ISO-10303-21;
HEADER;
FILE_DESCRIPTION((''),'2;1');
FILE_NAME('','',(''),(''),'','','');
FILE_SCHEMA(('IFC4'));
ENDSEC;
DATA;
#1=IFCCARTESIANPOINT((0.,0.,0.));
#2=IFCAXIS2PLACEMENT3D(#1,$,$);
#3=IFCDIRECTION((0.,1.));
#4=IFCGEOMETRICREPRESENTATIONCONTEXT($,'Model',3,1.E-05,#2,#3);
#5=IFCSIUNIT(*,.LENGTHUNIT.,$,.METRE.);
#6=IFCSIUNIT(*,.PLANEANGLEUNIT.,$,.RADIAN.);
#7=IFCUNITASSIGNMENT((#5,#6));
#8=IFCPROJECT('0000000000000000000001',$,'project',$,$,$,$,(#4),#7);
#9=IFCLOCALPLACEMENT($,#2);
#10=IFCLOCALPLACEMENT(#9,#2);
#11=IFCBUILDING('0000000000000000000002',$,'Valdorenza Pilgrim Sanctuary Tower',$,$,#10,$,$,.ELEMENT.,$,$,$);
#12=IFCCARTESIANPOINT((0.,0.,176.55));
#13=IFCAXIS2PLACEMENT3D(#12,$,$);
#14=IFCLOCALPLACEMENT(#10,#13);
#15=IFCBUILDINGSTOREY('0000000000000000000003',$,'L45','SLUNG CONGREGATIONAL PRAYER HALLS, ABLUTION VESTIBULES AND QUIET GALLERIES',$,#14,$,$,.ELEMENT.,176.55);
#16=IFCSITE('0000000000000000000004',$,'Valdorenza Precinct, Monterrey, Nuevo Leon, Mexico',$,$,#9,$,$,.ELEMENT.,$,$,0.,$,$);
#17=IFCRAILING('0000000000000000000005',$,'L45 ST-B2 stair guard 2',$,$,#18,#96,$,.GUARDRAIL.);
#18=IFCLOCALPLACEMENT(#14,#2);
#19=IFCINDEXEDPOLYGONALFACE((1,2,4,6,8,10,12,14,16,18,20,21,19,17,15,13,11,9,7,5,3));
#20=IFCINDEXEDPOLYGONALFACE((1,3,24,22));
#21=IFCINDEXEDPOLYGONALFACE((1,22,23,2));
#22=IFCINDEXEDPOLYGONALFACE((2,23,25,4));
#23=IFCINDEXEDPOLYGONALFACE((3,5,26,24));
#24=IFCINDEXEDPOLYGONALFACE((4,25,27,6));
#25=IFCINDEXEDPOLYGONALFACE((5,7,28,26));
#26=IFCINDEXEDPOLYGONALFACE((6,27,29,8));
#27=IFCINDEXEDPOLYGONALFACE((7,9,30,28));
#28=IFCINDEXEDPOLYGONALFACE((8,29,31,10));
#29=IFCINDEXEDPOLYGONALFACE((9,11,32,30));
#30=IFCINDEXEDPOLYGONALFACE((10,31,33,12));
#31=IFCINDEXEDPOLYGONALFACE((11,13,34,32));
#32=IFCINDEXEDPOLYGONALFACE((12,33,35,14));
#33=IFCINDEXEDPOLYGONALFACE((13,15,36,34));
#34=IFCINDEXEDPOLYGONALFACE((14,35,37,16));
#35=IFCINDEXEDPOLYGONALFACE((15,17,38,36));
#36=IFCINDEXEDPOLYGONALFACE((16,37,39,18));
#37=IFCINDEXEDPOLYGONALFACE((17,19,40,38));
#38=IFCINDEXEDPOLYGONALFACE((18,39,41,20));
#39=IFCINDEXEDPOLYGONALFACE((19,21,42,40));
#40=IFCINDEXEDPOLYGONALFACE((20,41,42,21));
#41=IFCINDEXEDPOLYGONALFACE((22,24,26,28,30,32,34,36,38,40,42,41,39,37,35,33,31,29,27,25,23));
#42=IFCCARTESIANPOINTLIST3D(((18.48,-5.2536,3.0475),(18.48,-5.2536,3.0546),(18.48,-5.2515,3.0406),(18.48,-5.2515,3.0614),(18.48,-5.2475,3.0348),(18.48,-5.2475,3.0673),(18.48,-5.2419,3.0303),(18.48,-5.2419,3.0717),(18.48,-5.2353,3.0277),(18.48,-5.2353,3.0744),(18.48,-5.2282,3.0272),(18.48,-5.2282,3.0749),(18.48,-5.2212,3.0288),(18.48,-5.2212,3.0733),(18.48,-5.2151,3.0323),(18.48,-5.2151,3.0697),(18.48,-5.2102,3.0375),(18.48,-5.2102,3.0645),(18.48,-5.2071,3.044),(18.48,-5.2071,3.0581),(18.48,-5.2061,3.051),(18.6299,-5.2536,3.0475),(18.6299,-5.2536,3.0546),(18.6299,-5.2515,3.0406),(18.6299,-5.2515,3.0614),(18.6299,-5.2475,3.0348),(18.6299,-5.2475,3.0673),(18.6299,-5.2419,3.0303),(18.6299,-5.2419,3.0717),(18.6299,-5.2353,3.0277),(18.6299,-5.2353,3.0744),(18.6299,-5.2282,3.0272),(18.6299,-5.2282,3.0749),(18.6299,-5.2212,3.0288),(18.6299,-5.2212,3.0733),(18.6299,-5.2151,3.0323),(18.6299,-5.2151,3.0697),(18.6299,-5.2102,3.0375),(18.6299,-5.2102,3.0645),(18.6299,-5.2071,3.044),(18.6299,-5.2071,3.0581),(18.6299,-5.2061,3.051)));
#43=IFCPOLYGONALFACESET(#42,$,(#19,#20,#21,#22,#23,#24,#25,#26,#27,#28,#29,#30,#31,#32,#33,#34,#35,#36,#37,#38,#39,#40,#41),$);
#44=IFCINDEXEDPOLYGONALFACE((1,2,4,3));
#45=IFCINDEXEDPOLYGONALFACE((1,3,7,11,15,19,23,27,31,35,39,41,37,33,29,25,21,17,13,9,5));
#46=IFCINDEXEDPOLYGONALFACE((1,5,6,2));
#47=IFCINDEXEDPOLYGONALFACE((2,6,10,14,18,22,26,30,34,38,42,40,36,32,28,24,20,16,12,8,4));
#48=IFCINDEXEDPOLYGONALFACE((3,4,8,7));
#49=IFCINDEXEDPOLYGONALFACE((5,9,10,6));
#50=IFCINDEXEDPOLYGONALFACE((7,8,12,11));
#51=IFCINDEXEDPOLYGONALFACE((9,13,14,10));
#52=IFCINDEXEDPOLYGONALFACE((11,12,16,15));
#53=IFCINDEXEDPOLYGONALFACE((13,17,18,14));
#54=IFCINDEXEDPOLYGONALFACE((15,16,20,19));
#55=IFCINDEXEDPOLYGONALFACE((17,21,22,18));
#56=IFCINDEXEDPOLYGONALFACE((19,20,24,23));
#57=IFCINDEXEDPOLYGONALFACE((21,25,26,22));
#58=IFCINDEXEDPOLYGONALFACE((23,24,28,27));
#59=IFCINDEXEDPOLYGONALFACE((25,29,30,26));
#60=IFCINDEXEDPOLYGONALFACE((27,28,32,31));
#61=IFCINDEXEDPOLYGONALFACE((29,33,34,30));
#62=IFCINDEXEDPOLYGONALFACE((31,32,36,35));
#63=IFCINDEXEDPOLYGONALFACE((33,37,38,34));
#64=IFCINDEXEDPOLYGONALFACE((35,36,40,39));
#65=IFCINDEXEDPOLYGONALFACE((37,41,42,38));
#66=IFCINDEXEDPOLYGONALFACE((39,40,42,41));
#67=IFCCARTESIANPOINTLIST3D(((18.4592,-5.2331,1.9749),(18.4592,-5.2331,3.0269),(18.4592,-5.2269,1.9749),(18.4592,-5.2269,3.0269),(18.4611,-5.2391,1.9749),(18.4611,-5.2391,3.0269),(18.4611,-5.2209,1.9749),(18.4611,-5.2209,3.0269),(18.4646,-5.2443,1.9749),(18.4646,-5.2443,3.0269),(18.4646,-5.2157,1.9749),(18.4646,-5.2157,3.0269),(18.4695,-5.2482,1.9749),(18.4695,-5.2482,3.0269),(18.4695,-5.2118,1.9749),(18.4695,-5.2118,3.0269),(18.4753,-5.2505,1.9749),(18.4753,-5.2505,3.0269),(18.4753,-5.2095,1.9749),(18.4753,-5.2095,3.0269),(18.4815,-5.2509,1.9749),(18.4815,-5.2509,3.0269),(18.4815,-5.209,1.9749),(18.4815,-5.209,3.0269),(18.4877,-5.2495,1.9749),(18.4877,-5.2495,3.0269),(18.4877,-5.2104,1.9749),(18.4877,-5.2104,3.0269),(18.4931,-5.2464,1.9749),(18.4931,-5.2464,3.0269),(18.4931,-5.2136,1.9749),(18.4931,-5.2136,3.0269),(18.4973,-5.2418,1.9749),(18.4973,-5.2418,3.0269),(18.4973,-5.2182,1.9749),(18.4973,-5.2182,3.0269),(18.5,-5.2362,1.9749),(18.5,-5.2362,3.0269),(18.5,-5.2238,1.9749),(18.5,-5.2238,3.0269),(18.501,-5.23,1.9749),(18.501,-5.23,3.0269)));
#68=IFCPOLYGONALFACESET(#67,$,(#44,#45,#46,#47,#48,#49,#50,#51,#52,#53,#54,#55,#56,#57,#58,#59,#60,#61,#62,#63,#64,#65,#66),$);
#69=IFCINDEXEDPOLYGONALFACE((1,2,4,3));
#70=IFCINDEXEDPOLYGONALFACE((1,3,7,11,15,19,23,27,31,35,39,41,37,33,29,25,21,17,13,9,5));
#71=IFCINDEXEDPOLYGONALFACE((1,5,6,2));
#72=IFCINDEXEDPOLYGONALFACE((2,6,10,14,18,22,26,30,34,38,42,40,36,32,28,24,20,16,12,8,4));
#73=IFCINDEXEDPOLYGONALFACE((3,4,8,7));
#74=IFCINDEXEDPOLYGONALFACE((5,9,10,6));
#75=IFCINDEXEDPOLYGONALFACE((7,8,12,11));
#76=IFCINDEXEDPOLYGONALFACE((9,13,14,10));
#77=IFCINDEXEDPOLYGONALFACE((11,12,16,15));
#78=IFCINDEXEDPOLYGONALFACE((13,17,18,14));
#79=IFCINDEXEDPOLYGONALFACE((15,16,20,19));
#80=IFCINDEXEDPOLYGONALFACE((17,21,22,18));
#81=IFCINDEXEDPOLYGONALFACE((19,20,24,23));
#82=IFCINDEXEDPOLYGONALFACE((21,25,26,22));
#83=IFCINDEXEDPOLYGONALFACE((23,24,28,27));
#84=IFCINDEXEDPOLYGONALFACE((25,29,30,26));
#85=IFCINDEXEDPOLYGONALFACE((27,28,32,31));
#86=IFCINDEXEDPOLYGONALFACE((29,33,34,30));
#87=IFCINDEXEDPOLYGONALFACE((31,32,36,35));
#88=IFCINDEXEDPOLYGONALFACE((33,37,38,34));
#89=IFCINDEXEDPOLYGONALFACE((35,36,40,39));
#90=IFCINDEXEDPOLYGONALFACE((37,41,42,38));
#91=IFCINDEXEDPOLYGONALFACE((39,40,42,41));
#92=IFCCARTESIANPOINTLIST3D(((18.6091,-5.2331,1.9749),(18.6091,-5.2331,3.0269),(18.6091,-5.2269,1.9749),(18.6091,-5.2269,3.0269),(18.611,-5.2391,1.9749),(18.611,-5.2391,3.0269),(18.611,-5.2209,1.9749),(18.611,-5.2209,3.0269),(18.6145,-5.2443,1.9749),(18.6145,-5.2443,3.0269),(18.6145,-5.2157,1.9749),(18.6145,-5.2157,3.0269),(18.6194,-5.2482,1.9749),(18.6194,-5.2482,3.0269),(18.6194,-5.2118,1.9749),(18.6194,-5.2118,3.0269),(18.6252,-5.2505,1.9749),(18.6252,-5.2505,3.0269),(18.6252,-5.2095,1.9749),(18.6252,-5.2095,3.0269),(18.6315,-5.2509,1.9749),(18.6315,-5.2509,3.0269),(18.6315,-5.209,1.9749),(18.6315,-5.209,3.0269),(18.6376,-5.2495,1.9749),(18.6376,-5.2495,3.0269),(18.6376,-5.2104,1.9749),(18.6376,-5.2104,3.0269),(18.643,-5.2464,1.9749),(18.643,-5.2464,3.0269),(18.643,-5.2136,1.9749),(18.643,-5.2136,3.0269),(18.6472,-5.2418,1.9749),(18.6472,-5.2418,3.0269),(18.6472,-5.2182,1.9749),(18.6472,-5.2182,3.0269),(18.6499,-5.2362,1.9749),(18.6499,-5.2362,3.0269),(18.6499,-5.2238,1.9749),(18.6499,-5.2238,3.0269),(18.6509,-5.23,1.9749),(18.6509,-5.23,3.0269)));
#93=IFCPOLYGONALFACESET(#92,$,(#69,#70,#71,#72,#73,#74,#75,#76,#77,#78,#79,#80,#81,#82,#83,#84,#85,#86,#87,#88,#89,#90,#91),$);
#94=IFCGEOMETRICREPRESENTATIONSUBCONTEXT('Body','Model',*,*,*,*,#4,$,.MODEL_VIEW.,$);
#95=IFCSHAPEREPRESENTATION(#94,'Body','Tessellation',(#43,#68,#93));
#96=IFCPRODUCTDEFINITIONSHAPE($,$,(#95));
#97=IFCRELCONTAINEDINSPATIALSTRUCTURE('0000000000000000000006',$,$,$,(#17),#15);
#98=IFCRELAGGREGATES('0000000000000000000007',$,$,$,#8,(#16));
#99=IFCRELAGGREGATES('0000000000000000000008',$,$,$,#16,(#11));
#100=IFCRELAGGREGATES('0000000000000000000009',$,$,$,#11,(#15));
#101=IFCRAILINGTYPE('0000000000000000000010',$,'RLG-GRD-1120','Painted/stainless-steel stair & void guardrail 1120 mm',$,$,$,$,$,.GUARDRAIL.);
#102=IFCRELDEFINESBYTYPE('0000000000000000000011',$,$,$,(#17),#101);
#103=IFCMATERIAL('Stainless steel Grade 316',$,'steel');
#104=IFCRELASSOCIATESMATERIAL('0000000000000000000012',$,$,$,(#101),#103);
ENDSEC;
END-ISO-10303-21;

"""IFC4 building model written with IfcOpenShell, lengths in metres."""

from ifc_helpers import new_model, si_unit, direction, frame, origin, origin_2d, place, context, subcontext, project, spatial, circle, extrude, material, type_object, element, save


model = new_model("IFC4")

# Units and contexts
model_context = context("Model", 3, precision=1e-05, world=origin(), true_north=direction((0.0, 1.0)))
body_context = subcontext(model_context, "Body", "Model", "MODEL_VIEW")
ifc_project = project(units=[si_unit("LENGTHUNIT", "METRE"), si_unit("PLANEANGLEUNIT", "RADIAN")], contexts=[model_context])

# Site, building, storey
site_placement = place(None, origin())
site = spatial("IfcSite", under=ifc_project, at=site_placement, Name="Valdorenza Precinct, Monterrey, Nuevo Leon, Mexico", CompositionType="ELEMENT", RefElevation=0.0)
building_placement = place(site_placement, origin())
building = spatial("IfcBuilding", under=site, at=building_placement, Name="Valdorenza Pilgrim Sanctuary Tower", CompositionType="ELEMENT")
storey_placement = place(building_placement, frame((0.0, 0.0, 176.55)))
storey = spatial("IfcBuildingStorey", under=building, at=storey_placement, Name="L45", Description="SLUNG CONGREGATIONAL PRAYER HALLS, ABLUTION VESTIBULES AND QUIET GALLERIES", CompositionType="ELEMENT", Elevation=176.55)

# Railing
ifc_material_1 = material(Name="Stainless steel Grade 316", Category="steel")
railing_type_1 = type_object("IfcRailingType", Name="RLG-GRD-1120", Description="Painted/stainless-steel stair & void guardrail 1120 mm", PredefinedType="GUARDRAIL", material=ifc_material_1)
railing_1_placement = place(storey_placement, frame((18.48, -5.23, 1.9749)))
element("IfcRailing", 1, at=railing_1_placement, inside=storey, type_object=railing_type_1, Name="L45 ST-B2 stair guard 2", PredefinedType="GUARDRAIL", context=body_context, shape_type="SweptSolid", body=[
    extrude(circle(Radius=0.0239, at=origin_2d()), frame((0.0, 0.0, 1.0762), z_axis=(1.0, 0.0, 0.0), x_axis=(0.0, 1.0, 0.0)), (0.0, 0.0, 1.0), 0.1499),
    extrude(circle(Radius=0.021, at=origin_2d()), origin(), (0.0, 0.0, 1.0), 1.052),
    extrude(circle(Radius=0.021, at=origin_2d()), frame((0.1499, 0.0, 0.0)), (0.0, 0.0, 1.0), 1.052),
])

save(model, "model.ifc")
